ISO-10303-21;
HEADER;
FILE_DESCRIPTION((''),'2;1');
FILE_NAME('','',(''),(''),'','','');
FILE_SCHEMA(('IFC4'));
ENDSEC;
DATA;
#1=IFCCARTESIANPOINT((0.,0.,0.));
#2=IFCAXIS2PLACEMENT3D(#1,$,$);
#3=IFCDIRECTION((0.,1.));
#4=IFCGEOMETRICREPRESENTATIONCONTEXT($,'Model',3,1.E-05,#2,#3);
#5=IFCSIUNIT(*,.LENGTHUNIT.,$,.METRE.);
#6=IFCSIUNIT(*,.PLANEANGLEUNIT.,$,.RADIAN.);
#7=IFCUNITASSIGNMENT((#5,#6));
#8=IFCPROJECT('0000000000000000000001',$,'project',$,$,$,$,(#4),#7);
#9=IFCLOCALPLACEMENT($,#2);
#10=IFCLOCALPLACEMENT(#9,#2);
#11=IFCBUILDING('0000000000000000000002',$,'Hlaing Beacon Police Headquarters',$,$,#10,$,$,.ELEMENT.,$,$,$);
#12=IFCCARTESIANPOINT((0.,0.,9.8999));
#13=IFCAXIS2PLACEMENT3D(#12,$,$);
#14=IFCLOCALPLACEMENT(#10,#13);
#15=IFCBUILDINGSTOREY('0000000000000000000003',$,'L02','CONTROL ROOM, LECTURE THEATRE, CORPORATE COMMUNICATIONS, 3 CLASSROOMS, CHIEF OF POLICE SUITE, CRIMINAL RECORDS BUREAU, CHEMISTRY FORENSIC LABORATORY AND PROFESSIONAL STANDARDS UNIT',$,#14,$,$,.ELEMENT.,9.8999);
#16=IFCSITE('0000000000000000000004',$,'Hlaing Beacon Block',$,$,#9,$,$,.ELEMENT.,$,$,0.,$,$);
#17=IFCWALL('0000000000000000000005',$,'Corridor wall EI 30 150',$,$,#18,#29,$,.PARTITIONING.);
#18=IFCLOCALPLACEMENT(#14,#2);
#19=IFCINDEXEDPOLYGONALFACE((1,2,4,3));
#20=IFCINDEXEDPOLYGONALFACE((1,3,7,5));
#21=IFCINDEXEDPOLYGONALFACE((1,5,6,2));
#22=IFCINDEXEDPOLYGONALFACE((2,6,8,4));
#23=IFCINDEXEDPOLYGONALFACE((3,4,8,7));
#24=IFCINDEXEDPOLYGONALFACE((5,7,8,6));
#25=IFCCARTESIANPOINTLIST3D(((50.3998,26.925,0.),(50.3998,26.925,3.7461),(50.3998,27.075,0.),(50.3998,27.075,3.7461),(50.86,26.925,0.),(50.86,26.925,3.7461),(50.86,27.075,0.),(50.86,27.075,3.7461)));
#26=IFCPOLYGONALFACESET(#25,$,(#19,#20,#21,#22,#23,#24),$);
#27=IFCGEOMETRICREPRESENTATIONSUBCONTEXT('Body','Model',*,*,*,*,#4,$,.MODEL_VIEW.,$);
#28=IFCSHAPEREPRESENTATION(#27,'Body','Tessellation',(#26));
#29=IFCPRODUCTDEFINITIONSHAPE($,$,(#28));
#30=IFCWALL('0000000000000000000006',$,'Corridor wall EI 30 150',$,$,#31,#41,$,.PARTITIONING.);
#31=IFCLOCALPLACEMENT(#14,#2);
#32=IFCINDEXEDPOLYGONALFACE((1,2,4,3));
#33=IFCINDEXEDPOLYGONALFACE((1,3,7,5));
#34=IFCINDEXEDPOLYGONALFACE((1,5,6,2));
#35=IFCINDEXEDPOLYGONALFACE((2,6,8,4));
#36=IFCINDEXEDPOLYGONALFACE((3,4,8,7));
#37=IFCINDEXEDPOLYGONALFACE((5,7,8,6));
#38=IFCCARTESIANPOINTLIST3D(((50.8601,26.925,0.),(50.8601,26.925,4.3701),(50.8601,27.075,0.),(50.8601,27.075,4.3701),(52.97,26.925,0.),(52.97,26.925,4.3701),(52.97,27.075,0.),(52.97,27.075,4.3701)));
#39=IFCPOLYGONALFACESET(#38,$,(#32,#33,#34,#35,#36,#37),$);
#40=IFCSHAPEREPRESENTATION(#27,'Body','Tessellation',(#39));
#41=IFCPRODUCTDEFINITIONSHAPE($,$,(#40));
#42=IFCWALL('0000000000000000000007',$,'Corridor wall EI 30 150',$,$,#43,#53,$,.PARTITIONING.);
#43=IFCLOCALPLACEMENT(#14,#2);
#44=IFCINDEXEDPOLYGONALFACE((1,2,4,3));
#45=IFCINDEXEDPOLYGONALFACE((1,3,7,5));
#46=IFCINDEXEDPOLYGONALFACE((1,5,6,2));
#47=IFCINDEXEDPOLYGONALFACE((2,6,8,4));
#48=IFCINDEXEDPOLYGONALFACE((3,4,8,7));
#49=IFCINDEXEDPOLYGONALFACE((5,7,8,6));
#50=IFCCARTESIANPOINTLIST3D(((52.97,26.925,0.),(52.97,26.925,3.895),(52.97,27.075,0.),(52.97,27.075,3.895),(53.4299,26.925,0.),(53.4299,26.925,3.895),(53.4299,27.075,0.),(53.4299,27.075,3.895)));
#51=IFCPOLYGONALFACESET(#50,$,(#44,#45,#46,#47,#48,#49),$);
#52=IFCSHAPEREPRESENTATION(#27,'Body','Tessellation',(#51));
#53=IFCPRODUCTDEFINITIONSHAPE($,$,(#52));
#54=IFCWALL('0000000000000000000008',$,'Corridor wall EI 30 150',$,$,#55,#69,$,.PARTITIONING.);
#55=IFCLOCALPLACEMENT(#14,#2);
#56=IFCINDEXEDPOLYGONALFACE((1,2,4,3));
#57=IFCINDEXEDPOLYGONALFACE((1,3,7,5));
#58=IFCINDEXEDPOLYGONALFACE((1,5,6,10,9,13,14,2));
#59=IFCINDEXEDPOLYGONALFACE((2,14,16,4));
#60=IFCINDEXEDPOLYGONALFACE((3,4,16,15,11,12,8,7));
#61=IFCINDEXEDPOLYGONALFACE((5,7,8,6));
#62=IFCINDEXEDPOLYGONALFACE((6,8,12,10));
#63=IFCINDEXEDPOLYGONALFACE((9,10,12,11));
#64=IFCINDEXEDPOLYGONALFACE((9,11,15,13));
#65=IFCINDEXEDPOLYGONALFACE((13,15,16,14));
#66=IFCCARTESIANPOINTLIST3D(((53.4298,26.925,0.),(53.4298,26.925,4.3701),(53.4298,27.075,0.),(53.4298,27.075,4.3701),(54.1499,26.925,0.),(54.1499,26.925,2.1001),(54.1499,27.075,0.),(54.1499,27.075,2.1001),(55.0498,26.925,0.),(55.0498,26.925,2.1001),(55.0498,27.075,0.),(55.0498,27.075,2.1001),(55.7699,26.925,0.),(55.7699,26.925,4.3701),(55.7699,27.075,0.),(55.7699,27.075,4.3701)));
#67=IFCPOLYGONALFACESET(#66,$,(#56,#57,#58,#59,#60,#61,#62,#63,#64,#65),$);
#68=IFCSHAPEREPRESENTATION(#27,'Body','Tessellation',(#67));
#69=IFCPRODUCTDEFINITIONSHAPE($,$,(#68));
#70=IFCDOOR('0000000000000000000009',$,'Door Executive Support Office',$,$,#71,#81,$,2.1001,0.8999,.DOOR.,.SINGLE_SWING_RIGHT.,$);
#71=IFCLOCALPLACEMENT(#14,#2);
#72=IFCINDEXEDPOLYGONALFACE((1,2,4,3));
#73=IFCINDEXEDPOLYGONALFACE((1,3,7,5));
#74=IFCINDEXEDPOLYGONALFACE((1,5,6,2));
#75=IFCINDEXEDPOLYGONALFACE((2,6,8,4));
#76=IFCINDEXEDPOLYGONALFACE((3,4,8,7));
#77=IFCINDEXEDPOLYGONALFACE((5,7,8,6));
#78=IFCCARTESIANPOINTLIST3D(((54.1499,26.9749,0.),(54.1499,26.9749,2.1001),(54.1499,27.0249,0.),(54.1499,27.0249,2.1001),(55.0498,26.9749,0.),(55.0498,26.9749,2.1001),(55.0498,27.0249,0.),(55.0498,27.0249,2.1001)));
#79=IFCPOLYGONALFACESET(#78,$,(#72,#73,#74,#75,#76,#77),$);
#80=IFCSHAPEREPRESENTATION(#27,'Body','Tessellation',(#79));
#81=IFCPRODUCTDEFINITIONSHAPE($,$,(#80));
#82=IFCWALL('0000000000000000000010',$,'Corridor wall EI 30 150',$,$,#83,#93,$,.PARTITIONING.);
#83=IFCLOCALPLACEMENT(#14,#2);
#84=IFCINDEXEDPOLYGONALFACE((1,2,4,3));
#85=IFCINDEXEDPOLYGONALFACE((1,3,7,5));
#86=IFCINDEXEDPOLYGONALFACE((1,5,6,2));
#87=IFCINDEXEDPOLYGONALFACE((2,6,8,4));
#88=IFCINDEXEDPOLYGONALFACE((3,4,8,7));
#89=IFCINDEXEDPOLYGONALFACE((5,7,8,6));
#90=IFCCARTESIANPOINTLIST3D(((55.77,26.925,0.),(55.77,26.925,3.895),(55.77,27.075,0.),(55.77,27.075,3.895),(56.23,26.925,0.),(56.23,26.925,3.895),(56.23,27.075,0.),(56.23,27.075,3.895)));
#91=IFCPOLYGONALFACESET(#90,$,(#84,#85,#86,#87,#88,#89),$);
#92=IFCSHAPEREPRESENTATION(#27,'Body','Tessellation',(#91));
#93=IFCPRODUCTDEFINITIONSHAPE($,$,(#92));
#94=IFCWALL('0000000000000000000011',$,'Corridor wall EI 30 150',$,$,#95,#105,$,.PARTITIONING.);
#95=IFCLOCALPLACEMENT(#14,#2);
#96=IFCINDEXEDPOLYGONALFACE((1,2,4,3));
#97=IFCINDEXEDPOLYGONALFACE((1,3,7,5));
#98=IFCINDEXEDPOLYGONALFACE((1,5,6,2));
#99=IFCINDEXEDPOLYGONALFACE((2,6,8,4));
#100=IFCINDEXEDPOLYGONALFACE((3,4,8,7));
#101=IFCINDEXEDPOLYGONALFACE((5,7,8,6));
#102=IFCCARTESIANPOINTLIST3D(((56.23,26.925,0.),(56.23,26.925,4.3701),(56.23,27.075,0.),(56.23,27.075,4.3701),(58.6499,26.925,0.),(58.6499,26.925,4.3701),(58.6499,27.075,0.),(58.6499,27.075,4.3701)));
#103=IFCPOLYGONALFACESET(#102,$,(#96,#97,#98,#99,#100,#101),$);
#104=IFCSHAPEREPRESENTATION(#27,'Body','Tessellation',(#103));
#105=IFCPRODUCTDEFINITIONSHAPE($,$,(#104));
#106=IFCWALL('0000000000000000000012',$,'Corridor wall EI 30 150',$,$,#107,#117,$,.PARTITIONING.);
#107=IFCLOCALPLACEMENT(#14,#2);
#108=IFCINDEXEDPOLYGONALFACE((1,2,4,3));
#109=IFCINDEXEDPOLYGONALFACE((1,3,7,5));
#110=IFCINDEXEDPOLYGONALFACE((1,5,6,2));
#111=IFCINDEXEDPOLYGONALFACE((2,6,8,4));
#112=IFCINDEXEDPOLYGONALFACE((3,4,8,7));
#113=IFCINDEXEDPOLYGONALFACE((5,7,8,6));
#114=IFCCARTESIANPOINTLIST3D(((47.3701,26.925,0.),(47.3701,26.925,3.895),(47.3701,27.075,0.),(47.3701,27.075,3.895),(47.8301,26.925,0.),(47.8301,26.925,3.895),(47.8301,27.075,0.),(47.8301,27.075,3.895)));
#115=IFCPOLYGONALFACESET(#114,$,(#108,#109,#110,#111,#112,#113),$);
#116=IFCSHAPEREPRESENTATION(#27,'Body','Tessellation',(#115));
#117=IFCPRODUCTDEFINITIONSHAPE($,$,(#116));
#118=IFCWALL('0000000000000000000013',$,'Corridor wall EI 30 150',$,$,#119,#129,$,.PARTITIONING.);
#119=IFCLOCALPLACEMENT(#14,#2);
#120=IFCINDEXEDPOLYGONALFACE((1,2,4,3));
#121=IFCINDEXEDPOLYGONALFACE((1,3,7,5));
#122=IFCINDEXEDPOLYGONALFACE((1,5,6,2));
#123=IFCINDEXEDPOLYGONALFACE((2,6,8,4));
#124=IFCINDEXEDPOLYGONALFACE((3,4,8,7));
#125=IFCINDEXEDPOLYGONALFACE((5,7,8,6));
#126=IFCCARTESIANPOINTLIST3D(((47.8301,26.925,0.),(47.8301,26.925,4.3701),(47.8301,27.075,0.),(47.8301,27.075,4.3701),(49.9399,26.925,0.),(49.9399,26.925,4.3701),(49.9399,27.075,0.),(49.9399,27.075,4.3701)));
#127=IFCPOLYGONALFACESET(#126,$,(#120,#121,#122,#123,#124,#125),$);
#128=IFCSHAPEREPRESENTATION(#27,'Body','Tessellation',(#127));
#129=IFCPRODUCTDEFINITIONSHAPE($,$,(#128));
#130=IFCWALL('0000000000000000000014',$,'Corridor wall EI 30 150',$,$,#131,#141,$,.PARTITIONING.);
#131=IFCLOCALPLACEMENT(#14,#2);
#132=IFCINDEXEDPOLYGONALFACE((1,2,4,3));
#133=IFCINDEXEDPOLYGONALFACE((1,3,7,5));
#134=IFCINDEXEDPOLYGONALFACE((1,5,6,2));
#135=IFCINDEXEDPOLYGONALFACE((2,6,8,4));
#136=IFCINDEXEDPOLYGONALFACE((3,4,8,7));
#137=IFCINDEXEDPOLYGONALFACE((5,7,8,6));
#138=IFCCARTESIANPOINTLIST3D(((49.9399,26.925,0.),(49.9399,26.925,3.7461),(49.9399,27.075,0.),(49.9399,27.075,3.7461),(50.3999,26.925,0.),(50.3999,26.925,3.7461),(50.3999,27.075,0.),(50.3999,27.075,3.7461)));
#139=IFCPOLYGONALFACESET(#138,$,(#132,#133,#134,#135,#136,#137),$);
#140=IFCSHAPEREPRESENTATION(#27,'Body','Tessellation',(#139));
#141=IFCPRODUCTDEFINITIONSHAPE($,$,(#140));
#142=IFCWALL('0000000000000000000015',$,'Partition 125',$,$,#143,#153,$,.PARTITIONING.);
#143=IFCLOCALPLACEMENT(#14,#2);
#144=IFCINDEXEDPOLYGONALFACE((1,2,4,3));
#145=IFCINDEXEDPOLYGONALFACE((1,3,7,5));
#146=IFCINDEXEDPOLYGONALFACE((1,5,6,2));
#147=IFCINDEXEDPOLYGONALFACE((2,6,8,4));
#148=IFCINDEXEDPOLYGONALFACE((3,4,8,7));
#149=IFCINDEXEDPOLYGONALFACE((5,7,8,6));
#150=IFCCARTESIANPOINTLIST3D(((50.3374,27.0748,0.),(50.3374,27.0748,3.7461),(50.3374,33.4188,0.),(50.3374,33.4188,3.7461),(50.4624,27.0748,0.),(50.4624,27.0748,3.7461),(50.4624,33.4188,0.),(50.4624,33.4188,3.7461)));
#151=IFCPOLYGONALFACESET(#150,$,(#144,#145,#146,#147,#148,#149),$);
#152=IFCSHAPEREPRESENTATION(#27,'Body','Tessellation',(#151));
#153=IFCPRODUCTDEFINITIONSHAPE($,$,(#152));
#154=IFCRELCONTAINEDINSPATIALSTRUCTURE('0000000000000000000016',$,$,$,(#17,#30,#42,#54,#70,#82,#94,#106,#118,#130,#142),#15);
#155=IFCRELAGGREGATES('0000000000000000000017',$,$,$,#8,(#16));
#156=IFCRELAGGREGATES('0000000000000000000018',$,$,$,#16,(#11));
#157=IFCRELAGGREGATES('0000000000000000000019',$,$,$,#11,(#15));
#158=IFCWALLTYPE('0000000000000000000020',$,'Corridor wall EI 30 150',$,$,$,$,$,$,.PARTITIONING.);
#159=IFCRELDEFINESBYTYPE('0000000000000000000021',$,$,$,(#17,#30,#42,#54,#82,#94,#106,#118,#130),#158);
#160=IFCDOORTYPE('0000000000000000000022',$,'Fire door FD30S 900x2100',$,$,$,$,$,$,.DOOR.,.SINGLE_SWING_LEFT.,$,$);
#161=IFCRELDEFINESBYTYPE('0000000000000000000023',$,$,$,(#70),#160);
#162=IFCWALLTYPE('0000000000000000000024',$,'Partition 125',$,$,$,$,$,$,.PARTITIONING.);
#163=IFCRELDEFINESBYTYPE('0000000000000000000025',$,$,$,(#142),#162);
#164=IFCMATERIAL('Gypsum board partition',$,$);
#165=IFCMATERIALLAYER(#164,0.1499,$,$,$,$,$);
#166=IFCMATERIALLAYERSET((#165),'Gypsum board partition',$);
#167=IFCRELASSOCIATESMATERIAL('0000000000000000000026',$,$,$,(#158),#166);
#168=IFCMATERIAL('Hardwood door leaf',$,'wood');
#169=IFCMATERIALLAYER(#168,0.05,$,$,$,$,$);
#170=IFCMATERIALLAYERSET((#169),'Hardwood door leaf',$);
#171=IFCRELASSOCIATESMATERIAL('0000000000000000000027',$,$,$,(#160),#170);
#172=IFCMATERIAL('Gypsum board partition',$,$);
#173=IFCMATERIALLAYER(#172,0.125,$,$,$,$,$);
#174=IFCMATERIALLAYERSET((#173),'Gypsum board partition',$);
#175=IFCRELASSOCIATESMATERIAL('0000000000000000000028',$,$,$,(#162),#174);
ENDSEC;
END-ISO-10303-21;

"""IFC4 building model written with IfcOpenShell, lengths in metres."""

from ifc_helpers import new_model, si_unit, direction, frame, frame_2d, origin, place, context, subcontext, project, spatial, rectangle, extrude, material, layer, layer_set, type_object, element, fill, save


model = new_model("IFC4")

# Units and contexts
model_context = context("Model", 3, precision=1e-05, world=origin(), true_north=direction((0.0, 1.0)))
body_context = subcontext(model_context, "Body", "Model", "MODEL_VIEW")
ifc_project = project(units=[si_unit("LENGTHUNIT", "METRE"), si_unit("PLANEANGLEUNIT", "RADIAN")], contexts=[model_context])

# Site, building, storey
site_placement = place(None, origin())
site = spatial("IfcSite", under=ifc_project, at=site_placement, Name="Hlaing Beacon Block", CompositionType="ELEMENT", RefElevation=0.0)
building_placement = place(site_placement, origin())
building = spatial("IfcBuilding", under=site, at=building_placement, Name="Hlaing Beacon Police Headquarters", CompositionType="ELEMENT")
storey_placement = place(building_placement, frame((0.0, 0.0, 9.8999)))
storey = spatial("IfcBuildingStorey", under=building, at=storey_placement, Name="L02", Description="CONTROL ROOM, LECTURE THEATRE, CORPORATE COMMUNICATIONS, 3 CLASSROOMS, CHIEF OF POLICE SUITE, CRIMINAL RECORDS BUREAU, CHEMISTRY FORENSIC LABORATORY AND PROFESSIONAL STANDARDS UNIT", CompositionType="ELEMENT", Elevation=9.8999)

# Walls
ifc_material_1 = material(Name="Gypsum board partition")
ifc_layer_1 = layer(ifc_material_1, 0.1499)
ifc_layer_set_1 = layer_set([ifc_layer_1], Name="Gypsum board partition")
wall_type_1 = type_object("IfcWallType", Name="Corridor wall EI 30 150", PredefinedType="PARTITIONING", material=ifc_layer_set_1)
wall_1_placement = place(storey_placement, frame((50.3999, 27.0, 0.0), z_axis=(0.0, 0.0, 1.0), x_axis=(1.0, 0.0, 0.0)))
element("IfcWall", 1, at=wall_1_placement, inside=storey, type_object=wall_type_1, Name="Corridor wall EI 30 150", PredefinedType="PARTITIONING", context=body_context, shape_type="SweptSolid", body=[
    extrude(rectangle(XDim=0.4602, YDim=0.1499, at=frame_2d((0.23, 0.0))), origin(), (0.0, 0.0, 1.0), 3.7461),
])
wall_2_placement = place(storey_placement, frame((50.8601, 27.0, 0.0), z_axis=(0.0, 0.0, 1.0), x_axis=(1.0, 0.0, 0.0)))
element("IfcWall", 2, at=wall_2_placement, inside=storey, type_object=wall_type_1, Name="Corridor wall EI 30 150", PredefinedType="PARTITIONING", context=body_context, shape_type="SweptSolid", body=[
    extrude(rectangle(XDim=2.1099, YDim=0.1499, at=frame_2d((1.0549, 0.0))), origin(), (0.0, 0.0, 1.0), 4.3701),
])
wall_3_placement = place(storey_placement, frame((52.97, 27.0, 0.0), z_axis=(0.0, 0.0, 1.0), x_axis=(1.0, 0.0, 0.0)))
element("IfcWall", 3, at=wall_3_placement, inside=storey, type_object=wall_type_1, Name="Corridor wall EI 30 150", PredefinedType="PARTITIONING", context=body_context, shape_type="SweptSolid", body=[
    extrude(rectangle(XDim=0.46, YDim=0.1499, at=frame_2d((0.23, 0.0))), origin(), (0.0, 0.0, 1.0), 3.895),
])

# Wall, opening, door
wall_4_placement = place(storey_placement, frame((53.4299, 27.0, 0.0), z_axis=(0.0, 0.0, 1.0), x_axis=(1.0, 0.0, 0.0)))
wall_4 = element("IfcWall", 4, at=wall_4_placement, inside=storey, type_object=wall_type_1, Name="Corridor wall EI 30 150", PredefinedType="PARTITIONING", context=body_context, shape_type="SweptSolid", body=[
    extrude(rectangle(XDim=2.3401, YDim=0.1499, at=frame_2d((1.1699, 0.0))), origin(), (0.0, 0.0, 1.0), 4.3701),
])
opening_1_placement = place(wall_4_placement, frame((0.72, 0.0, 0.0)))
opening_1 = element("IfcOpeningElement", 5, at=opening_1_placement, cuts=wall_4, PredefinedType="OPENING", context=body_context, shape_type="SweptSolid", body=[
    extrude(rectangle(XDim=0.8999, YDim=2.1001, at=frame_2d((0.45, 1.05))), frame((0.0, 0.085, 0.0), z_axis=(0.0, -1.0, 0.0), x_axis=(1.0, 0.0, 0.0)), (0.0, 0.0, 1.0), 0.1699),
])
ifc_material_2 = material(Name="Hardwood door leaf", Category="wood")
ifc_layer_2 = layer(ifc_material_2, 0.05)
ifc_layer_set_2 = layer_set([ifc_layer_2], Name="Hardwood door leaf")
door_type = type_object("IfcDoorType", Name="Fire door FD30S 900x2100", OperationType="SINGLE_SWING_LEFT", PredefinedType="DOOR", material=ifc_layer_set_2)
door_placement = place(opening_1_placement, origin())
door = element("IfcDoor", 6, at=door_placement, inside=storey, type_object=door_type, Name="Door Executive Support Office", OperationType="SINGLE_SWING_RIGHT", OverallHeight=2.1001, OverallWidth=0.8999, PredefinedType="DOOR", context=body_context, shape_type="SweptSolid", body=[
    extrude(rectangle(XDim=0.8999, YDim=2.1001, at=frame_2d((0.45, 1.05))), frame((0.0, 0.0249, 0.0), z_axis=(0.0, -1.0, 0.0), x_axis=(1.0, 0.0, 0.0)), (0.0, 0.0, 1.0), 0.05),
])
fill(opening_1, door)

# Walls
wall_5_placement = place(storey_placement, frame((55.77, 27.0, 0.0), z_axis=(0.0, 0.0, 1.0), x_axis=(1.0, 0.0, 0.0)))
element("IfcWall", 7, at=wall_5_placement, inside=storey, type_object=wall_type_1, Name="Corridor wall EI 30 150", PredefinedType="PARTITIONING", context=body_context, shape_type="SweptSolid", body=[
    extrude(rectangle(XDim=0.46, YDim=0.1499, at=frame_2d((0.23, 0.0))), origin(), (0.0, 0.0, 1.0), 3.895),
])
wall_6_placement = place(storey_placement, frame((56.23, 27.0, 0.0), z_axis=(0.0, 0.0, 1.0), x_axis=(1.0, 0.0, 0.0)))
element("IfcWall", 8, at=wall_6_placement, inside=storey, type_object=wall_type_1, Name="Corridor wall EI 30 150", PredefinedType="PARTITIONING", context=body_context, shape_type="SweptSolid", body=[
    extrude(rectangle(XDim=2.4199, YDim=0.1499, at=frame_2d((1.21, 0.0))), origin(), (0.0, 0.0, 1.0), 4.3701),
])
wall_7_placement = place(storey_placement, frame((47.3701, 27.0, 0.0), z_axis=(0.0, 0.0, 1.0), x_axis=(1.0, 0.0, 0.0)))
element("IfcWall", 9, at=wall_7_placement, inside=storey, type_object=wall_type_1, Name="Corridor wall EI 30 150", PredefinedType="PARTITIONING", context=body_context, shape_type="SweptSolid", body=[
    extrude(rectangle(XDim=0.46, YDim=0.1499, at=frame_2d((0.23, 0.0))), origin(), (0.0, 0.0, 1.0), 3.895),
])
wall_8_placement = place(storey_placement, frame((47.8301, 27.0, 0.0), z_axis=(0.0, 0.0, 1.0), x_axis=(1.0, 0.0, 0.0)))
element("IfcWall", 10, at=wall_8_placement, inside=storey, type_object=wall_type_1, Name="Corridor wall EI 30 150", PredefinedType="PARTITIONING", context=body_context, shape_type="SweptSolid", body=[
    extrude(rectangle(XDim=2.1099, YDim=0.1499, at=frame_2d((1.0549, 0.0))), origin(), (0.0, 0.0, 1.0), 4.3701),
])
wall_9_placement = place(storey_placement, frame((49.9399, 27.0, 0.0), z_axis=(0.0, 0.0, 1.0), x_axis=(1.0, 0.0, 0.0)))
element("IfcWall", 11, at=wall_9_placement, inside=storey, type_object=wall_type_1, Name="Corridor wall EI 30 150", PredefinedType="PARTITIONING", context=body_context, shape_type="SweptSolid", body=[
    extrude(rectangle(XDim=0.46, YDim=0.1499, at=frame_2d((0.23, 0.0))), origin(), (0.0, 0.0, 1.0), 3.7461),
])
ifc_material_3 = material(Name="Gypsum board partition")
ifc_layer_3 = layer(ifc_material_3, 0.125)
ifc_layer_set_3 = layer_set([ifc_layer_3], Name="Gypsum board partition")
wall_type_2 = type_object("IfcWallType", Name="Partition 125", PredefinedType="PARTITIONING", material=ifc_layer_set_3)
wall_10_placement = place(storey_placement, frame((50.3999, 27.075, 0.0), z_axis=(0.0, 0.0, 1.0), x_axis=(0.0, 1.0, 0.0)))
element("IfcWall", 12, at=wall_10_placement, inside=storey, type_object=wall_type_2, Name="Partition 125", PredefinedType="PARTITIONING", context=body_context, shape_type="SweptSolid", body=[
    extrude(rectangle(XDim=6.344, YDim=0.125, at=frame_2d((3.1719, 0.0))), origin(), (0.0, 0.0, 1.0), 3.7461),
])

save(model, "model.ifc")
